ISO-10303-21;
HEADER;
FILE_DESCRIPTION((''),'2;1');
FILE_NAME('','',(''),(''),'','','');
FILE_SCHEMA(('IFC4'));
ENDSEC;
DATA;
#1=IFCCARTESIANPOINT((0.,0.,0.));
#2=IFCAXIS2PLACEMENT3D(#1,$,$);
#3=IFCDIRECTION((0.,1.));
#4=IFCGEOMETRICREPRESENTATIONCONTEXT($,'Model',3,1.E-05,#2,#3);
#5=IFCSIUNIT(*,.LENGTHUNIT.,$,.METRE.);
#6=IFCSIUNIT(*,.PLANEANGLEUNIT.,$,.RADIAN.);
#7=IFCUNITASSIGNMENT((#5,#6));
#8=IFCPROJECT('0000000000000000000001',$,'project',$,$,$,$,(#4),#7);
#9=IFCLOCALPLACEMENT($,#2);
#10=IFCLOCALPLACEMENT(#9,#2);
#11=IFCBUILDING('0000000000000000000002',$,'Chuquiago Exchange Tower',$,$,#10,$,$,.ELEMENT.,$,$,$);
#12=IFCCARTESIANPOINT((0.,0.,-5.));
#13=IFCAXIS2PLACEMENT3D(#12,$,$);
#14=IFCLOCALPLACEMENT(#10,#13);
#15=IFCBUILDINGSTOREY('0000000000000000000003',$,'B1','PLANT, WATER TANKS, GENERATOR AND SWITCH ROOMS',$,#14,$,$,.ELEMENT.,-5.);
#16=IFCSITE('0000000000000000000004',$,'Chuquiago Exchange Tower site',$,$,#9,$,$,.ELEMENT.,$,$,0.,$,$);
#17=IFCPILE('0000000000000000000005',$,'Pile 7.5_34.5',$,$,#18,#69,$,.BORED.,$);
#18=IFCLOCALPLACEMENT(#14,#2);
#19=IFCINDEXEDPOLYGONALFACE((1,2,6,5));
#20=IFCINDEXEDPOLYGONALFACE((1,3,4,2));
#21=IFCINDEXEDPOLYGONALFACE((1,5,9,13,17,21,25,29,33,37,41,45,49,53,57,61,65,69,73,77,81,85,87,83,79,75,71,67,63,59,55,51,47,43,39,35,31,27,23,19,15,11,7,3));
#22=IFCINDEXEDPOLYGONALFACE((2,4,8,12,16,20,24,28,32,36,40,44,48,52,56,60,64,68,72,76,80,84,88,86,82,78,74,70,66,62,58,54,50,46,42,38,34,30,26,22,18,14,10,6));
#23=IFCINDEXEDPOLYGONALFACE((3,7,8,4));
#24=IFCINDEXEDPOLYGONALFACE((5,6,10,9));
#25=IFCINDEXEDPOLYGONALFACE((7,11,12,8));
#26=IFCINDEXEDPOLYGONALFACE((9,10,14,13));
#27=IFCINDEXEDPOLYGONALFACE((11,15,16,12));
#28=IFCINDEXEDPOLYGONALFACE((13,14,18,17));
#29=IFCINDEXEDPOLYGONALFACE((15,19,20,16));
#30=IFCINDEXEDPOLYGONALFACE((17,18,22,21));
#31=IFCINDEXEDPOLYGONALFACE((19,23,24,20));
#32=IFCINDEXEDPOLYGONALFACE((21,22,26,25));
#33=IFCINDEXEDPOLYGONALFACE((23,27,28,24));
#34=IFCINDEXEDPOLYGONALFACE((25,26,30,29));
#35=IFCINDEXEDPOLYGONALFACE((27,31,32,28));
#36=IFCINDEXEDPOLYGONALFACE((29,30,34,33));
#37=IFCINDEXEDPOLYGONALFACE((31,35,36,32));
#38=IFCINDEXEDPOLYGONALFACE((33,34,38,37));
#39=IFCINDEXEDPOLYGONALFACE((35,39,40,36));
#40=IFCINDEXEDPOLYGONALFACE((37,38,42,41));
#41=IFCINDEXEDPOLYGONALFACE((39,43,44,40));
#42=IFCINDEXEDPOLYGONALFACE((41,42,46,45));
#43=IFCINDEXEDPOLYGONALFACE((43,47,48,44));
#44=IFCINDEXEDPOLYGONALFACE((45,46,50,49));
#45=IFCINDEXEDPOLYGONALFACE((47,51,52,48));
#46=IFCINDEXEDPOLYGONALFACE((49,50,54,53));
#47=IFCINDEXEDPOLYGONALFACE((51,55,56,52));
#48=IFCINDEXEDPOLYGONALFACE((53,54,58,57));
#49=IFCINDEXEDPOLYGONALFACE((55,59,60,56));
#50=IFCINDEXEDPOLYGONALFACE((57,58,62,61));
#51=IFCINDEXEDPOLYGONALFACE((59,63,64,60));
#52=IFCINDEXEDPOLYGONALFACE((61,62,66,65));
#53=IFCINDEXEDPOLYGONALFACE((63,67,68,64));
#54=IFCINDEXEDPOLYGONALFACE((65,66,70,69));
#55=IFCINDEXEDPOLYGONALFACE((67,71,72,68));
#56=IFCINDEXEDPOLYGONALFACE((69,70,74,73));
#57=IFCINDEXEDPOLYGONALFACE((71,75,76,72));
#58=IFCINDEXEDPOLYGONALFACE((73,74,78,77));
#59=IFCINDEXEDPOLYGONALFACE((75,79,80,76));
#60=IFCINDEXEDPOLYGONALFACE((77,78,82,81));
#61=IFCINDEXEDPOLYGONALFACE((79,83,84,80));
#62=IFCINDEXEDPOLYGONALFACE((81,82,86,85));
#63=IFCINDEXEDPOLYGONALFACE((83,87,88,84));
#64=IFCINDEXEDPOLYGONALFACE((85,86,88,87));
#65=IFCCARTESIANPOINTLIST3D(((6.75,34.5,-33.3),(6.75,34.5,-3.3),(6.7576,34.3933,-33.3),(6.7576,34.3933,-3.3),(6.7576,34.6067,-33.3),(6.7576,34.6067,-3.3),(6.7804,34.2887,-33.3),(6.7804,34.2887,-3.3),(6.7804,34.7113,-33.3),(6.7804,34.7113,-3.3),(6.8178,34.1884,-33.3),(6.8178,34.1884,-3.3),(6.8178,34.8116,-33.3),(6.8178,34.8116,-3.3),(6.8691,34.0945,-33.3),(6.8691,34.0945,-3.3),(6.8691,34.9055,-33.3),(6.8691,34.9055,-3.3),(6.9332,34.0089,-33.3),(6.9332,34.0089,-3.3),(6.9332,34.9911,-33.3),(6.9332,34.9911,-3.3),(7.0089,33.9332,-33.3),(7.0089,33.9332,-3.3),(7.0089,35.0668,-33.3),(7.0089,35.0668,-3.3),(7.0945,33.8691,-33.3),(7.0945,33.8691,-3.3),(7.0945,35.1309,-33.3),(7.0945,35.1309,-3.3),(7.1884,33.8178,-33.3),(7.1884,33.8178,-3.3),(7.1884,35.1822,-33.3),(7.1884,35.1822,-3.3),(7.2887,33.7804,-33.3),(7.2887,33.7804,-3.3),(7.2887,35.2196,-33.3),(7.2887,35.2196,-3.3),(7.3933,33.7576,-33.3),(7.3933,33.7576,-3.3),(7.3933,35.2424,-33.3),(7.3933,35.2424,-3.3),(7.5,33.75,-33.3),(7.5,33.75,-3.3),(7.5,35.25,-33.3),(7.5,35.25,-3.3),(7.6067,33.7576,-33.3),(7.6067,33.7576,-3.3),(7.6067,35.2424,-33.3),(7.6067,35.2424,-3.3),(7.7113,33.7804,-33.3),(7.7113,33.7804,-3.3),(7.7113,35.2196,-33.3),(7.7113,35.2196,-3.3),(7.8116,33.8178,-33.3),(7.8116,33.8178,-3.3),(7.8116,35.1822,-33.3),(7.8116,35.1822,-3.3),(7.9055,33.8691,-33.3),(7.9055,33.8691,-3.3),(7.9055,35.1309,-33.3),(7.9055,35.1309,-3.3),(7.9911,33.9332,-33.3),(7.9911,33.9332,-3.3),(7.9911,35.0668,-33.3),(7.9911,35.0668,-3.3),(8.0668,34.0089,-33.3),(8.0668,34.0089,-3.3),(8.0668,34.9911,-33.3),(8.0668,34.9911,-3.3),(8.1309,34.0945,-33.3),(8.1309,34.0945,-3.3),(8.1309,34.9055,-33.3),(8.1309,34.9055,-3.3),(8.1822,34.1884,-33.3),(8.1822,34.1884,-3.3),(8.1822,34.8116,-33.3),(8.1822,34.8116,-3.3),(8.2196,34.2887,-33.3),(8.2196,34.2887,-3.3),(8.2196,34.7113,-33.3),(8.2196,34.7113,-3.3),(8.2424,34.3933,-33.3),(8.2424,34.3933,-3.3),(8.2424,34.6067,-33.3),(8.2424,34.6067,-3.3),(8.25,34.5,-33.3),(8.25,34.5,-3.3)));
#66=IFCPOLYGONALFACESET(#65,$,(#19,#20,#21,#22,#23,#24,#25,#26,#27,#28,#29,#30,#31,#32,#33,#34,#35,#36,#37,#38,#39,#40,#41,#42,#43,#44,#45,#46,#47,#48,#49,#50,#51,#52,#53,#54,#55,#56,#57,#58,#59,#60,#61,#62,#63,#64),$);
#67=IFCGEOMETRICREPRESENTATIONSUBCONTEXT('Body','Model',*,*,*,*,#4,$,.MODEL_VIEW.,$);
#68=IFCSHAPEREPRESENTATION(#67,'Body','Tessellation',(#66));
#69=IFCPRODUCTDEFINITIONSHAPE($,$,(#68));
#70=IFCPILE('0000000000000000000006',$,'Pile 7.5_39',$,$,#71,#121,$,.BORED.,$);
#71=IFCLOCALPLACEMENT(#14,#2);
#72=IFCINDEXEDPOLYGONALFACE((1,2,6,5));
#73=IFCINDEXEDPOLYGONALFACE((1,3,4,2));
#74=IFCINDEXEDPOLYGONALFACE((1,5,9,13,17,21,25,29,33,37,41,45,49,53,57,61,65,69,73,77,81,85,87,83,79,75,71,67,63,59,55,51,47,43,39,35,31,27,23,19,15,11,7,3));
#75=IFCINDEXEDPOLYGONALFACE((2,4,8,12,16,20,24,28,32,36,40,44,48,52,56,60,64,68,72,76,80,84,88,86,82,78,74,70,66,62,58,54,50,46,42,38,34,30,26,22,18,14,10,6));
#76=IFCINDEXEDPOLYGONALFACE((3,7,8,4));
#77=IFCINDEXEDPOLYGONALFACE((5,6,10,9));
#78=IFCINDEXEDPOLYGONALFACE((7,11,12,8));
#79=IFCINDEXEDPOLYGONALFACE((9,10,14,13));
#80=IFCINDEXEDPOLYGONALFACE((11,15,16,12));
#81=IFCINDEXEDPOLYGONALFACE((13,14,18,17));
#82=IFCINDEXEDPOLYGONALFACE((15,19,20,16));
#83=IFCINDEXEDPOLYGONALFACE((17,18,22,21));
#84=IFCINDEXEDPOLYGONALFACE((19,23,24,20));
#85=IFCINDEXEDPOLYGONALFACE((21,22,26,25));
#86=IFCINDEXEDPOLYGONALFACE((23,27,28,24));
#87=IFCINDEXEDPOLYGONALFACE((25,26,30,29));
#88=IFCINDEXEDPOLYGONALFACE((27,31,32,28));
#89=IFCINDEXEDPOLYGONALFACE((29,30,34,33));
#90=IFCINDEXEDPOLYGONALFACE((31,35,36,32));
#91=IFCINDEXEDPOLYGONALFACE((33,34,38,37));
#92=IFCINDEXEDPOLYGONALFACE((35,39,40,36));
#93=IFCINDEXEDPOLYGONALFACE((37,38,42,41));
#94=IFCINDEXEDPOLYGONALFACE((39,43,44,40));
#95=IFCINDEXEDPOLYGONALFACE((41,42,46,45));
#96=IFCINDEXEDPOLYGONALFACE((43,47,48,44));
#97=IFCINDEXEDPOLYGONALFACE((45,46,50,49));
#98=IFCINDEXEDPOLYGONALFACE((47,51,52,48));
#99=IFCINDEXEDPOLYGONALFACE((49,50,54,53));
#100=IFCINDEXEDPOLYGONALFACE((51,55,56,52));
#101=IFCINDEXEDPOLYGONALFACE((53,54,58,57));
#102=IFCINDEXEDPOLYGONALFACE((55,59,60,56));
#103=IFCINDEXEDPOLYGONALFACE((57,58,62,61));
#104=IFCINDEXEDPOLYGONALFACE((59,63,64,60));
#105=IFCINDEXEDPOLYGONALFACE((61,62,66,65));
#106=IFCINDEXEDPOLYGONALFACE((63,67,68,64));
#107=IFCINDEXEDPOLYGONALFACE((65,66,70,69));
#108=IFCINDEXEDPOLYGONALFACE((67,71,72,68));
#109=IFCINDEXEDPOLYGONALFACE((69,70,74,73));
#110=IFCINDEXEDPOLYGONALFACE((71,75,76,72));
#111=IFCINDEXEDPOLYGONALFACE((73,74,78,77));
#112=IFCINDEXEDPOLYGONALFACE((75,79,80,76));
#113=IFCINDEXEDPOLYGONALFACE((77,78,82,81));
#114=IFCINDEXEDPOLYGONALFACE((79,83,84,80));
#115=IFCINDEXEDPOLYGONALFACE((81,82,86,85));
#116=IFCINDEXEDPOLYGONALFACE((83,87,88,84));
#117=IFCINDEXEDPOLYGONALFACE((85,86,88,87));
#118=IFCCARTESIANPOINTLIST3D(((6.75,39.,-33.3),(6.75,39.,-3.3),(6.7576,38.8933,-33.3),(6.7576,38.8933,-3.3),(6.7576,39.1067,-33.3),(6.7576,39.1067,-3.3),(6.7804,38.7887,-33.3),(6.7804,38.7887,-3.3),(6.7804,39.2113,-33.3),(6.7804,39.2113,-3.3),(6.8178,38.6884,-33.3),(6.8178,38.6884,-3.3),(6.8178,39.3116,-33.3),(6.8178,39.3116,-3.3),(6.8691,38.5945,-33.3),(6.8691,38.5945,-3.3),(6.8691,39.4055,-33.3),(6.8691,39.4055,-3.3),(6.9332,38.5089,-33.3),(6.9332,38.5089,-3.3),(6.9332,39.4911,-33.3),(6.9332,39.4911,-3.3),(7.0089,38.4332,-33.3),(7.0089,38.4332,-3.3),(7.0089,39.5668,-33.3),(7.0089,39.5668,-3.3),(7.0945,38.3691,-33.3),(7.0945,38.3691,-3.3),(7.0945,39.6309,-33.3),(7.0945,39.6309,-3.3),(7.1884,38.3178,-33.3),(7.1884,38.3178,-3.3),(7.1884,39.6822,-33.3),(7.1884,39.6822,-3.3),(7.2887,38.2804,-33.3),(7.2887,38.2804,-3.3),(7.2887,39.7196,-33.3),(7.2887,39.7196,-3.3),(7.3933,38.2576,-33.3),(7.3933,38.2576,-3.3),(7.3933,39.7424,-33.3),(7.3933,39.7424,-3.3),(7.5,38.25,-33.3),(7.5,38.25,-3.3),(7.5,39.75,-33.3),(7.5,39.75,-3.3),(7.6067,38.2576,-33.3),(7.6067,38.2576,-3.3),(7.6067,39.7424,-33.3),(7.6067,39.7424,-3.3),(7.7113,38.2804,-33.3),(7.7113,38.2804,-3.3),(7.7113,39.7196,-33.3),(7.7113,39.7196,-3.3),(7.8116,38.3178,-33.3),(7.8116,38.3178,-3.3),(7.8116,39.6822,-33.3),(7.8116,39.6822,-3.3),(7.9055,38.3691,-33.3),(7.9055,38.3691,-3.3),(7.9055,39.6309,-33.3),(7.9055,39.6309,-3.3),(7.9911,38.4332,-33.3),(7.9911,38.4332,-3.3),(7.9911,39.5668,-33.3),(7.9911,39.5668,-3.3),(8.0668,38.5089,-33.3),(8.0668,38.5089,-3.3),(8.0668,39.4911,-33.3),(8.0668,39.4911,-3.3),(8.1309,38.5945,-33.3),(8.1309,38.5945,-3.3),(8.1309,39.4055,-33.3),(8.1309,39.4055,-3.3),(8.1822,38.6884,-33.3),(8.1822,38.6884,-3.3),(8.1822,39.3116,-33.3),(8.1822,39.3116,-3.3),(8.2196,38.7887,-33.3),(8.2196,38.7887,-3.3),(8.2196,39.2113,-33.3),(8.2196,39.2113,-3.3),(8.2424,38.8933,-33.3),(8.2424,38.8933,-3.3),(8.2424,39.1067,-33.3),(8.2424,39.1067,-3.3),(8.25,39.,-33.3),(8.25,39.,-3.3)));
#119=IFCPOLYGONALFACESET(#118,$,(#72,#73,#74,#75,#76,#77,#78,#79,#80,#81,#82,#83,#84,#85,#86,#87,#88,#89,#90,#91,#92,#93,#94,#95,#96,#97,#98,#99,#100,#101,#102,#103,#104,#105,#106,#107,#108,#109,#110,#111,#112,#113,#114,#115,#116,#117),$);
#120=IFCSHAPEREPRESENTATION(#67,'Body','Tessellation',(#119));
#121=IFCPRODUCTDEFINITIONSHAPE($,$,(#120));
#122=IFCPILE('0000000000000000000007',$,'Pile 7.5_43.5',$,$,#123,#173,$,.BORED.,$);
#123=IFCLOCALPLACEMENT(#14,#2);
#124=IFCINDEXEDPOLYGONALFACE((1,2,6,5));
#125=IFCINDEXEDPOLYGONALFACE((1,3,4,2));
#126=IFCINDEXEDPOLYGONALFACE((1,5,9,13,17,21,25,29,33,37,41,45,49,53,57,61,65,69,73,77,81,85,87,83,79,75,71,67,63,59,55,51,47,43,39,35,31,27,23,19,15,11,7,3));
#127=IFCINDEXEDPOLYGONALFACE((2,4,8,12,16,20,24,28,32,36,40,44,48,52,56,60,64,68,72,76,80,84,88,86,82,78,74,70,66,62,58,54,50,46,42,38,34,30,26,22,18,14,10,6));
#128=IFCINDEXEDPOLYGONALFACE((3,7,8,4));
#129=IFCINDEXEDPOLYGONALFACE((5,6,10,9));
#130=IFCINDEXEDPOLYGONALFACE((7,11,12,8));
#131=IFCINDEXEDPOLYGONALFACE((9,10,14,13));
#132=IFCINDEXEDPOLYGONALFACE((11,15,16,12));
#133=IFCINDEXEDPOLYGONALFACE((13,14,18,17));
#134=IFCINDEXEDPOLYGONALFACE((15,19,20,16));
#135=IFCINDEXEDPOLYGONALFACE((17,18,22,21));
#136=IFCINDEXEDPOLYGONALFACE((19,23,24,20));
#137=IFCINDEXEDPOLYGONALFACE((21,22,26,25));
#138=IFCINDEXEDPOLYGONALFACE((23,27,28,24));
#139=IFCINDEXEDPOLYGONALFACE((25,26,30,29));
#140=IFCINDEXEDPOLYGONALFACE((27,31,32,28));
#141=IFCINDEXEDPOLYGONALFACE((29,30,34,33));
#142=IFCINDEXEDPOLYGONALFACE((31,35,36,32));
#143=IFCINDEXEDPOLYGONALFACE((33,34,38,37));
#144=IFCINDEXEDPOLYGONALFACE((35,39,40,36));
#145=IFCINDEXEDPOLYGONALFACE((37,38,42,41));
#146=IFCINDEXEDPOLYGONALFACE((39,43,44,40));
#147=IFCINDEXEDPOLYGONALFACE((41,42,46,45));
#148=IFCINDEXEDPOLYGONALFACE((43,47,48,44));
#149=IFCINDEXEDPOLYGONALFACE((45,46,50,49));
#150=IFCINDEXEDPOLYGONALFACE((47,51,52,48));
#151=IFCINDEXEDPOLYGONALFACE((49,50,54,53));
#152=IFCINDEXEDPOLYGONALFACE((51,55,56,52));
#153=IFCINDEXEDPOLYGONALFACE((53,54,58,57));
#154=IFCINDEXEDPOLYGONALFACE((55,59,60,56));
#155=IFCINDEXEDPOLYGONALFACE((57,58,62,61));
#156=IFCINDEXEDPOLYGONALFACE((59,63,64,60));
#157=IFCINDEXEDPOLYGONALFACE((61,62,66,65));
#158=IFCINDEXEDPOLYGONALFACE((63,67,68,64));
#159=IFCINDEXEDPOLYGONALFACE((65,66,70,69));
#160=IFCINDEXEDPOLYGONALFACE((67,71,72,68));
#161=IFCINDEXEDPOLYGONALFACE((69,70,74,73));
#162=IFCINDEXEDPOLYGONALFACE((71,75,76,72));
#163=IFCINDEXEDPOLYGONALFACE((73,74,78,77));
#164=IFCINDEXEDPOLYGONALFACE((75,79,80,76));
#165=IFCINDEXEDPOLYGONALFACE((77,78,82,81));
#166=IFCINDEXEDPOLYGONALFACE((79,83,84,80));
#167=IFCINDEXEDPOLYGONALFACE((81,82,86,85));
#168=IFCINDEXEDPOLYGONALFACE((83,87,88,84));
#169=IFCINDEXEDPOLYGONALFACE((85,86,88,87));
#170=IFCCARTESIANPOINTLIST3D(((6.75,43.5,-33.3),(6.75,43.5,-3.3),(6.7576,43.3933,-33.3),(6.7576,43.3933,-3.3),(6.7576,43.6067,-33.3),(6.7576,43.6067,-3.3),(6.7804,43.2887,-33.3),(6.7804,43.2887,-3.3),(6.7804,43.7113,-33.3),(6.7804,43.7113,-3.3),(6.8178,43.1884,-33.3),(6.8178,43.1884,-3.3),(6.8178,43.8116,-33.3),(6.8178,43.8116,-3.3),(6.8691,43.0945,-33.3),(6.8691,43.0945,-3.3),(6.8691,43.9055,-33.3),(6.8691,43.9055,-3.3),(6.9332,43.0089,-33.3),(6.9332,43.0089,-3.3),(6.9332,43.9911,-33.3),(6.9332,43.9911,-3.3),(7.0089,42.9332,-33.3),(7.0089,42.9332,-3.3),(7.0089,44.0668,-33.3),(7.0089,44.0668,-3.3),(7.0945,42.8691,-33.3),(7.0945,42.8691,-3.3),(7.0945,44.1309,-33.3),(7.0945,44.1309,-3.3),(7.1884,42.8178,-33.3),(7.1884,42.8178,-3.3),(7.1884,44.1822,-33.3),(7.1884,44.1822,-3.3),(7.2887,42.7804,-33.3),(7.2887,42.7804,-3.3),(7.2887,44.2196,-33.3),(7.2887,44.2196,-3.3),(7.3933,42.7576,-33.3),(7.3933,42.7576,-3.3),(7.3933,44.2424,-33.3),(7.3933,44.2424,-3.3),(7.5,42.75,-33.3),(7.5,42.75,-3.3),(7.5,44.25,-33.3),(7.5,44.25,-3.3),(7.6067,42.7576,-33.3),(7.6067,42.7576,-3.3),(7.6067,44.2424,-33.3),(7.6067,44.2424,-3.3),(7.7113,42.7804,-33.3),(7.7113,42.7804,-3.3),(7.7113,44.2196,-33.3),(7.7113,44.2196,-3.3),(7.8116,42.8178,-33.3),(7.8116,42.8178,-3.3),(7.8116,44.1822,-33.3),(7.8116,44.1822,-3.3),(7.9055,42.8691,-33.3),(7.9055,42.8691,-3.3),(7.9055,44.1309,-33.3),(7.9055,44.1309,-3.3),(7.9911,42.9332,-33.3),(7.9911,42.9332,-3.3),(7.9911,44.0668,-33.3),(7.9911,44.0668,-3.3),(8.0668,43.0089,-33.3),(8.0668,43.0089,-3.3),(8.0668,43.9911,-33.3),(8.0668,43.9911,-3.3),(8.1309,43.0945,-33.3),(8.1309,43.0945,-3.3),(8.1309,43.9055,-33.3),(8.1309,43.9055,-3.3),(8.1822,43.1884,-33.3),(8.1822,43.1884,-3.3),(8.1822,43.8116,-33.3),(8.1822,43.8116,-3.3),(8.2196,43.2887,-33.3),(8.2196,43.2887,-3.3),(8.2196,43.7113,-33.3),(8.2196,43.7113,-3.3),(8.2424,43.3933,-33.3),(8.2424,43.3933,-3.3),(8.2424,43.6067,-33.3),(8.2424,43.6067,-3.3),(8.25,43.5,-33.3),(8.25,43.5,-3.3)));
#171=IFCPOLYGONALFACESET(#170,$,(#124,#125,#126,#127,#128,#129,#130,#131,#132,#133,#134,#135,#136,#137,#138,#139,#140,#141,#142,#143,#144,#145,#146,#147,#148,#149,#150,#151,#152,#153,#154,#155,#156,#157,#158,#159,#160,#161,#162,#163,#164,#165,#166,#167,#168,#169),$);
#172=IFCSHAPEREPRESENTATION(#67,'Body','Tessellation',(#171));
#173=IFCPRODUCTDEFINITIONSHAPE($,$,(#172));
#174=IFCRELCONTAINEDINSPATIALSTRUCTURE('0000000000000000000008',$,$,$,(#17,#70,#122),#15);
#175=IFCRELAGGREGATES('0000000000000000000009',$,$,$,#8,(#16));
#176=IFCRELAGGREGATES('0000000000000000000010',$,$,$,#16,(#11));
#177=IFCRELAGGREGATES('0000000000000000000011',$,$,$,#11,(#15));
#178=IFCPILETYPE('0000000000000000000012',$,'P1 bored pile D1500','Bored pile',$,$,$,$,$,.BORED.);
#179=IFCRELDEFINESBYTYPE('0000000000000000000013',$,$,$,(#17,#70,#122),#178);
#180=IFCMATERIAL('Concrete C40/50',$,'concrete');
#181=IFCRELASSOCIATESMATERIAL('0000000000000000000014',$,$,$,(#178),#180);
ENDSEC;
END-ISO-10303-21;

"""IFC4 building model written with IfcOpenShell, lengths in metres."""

from ifc_helpers import new_model, si_unit, direction, frame, origin, origin_2d, place, context, subcontext, project, spatial, circle, extrude, material, material_profile, profile_set, type_object, element, save


model = new_model("IFC4")

# Units and contexts
model_context = context("Model", 3, precision=1e-05, world=origin(), true_north=direction((0.0, 1.0)))
body_context = subcontext(model_context, "Body", "Model", "MODEL_VIEW")
ifc_project = project(units=[si_unit("LENGTHUNIT", "METRE"), si_unit("PLANEANGLEUNIT", "RADIAN")], contexts=[model_context])

# Site, building, storey
site_placement = place(None, origin())
site = spatial("IfcSite", under=ifc_project, at=site_placement, Name="Chuquiago Exchange Tower site", CompositionType="ELEMENT", RefElevation=0.0)
building_placement = place(site_placement, origin())
building = spatial("IfcBuilding", under=site, at=building_placement, Name="Chuquiago Exchange Tower", CompositionType="ELEMENT")
storey_placement = place(building_placement, frame((0.0, 0.0, -5.0)))
storey = spatial("IfcBuildingStorey", under=building, at=storey_placement, Name="B1", Description="PLANT, WATER TANKS, GENERATOR AND SWITCH ROOMS", CompositionType="ELEMENT", Elevation=-5.0)

# Piles
ifc_material_1 = material(Name="Concrete C40/50", Category="concrete")
ifc_material_profile_1 = material_profile(ifc_material_1, circle(Radius=0.75, at=origin_2d()), Name="D1500")
ifc_profile_set_1 = profile_set([ifc_material_profile_1], Name="Concrete C40/50")
pile_type = type_object("IfcPileType", Name="P1 bored pile D1500", Description="Bored pile", PredefinedType="BORED", material=ifc_profile_set_1)
for number, where, z_axis, x_axis, name in (
    (1, (7.5, 34.5, -3.3), (0.0, 0.0, -1.0), (1.0, 0.0, 0.0), "Pile 7.5_34.5"),
    (2, (7.5, 39.0, -3.3), (0.0, 0.0, -1.0), (1.0, 0.0, 0.0), "Pile 7.5_39"),
    (3, (7.5, 43.5, -3.3), (0.0, 0.0, -1.0), (1.0, 0.0, 0.0), "Pile 7.5_43.5"),
):
    element("IfcPile", number, at=place(storey_placement, frame(where, z_axis=z_axis, x_axis=x_axis)), inside=storey, type_object=pile_type, Name=name, PredefinedType="BORED", context=body_context, shape_type="SweptSolid", body=[
        extrude(circle(Radius=0.75, at=origin_2d()), origin(), (0.0, 0.0, 1.0), 30.0),
    ])

save(model, "model.ifc")
